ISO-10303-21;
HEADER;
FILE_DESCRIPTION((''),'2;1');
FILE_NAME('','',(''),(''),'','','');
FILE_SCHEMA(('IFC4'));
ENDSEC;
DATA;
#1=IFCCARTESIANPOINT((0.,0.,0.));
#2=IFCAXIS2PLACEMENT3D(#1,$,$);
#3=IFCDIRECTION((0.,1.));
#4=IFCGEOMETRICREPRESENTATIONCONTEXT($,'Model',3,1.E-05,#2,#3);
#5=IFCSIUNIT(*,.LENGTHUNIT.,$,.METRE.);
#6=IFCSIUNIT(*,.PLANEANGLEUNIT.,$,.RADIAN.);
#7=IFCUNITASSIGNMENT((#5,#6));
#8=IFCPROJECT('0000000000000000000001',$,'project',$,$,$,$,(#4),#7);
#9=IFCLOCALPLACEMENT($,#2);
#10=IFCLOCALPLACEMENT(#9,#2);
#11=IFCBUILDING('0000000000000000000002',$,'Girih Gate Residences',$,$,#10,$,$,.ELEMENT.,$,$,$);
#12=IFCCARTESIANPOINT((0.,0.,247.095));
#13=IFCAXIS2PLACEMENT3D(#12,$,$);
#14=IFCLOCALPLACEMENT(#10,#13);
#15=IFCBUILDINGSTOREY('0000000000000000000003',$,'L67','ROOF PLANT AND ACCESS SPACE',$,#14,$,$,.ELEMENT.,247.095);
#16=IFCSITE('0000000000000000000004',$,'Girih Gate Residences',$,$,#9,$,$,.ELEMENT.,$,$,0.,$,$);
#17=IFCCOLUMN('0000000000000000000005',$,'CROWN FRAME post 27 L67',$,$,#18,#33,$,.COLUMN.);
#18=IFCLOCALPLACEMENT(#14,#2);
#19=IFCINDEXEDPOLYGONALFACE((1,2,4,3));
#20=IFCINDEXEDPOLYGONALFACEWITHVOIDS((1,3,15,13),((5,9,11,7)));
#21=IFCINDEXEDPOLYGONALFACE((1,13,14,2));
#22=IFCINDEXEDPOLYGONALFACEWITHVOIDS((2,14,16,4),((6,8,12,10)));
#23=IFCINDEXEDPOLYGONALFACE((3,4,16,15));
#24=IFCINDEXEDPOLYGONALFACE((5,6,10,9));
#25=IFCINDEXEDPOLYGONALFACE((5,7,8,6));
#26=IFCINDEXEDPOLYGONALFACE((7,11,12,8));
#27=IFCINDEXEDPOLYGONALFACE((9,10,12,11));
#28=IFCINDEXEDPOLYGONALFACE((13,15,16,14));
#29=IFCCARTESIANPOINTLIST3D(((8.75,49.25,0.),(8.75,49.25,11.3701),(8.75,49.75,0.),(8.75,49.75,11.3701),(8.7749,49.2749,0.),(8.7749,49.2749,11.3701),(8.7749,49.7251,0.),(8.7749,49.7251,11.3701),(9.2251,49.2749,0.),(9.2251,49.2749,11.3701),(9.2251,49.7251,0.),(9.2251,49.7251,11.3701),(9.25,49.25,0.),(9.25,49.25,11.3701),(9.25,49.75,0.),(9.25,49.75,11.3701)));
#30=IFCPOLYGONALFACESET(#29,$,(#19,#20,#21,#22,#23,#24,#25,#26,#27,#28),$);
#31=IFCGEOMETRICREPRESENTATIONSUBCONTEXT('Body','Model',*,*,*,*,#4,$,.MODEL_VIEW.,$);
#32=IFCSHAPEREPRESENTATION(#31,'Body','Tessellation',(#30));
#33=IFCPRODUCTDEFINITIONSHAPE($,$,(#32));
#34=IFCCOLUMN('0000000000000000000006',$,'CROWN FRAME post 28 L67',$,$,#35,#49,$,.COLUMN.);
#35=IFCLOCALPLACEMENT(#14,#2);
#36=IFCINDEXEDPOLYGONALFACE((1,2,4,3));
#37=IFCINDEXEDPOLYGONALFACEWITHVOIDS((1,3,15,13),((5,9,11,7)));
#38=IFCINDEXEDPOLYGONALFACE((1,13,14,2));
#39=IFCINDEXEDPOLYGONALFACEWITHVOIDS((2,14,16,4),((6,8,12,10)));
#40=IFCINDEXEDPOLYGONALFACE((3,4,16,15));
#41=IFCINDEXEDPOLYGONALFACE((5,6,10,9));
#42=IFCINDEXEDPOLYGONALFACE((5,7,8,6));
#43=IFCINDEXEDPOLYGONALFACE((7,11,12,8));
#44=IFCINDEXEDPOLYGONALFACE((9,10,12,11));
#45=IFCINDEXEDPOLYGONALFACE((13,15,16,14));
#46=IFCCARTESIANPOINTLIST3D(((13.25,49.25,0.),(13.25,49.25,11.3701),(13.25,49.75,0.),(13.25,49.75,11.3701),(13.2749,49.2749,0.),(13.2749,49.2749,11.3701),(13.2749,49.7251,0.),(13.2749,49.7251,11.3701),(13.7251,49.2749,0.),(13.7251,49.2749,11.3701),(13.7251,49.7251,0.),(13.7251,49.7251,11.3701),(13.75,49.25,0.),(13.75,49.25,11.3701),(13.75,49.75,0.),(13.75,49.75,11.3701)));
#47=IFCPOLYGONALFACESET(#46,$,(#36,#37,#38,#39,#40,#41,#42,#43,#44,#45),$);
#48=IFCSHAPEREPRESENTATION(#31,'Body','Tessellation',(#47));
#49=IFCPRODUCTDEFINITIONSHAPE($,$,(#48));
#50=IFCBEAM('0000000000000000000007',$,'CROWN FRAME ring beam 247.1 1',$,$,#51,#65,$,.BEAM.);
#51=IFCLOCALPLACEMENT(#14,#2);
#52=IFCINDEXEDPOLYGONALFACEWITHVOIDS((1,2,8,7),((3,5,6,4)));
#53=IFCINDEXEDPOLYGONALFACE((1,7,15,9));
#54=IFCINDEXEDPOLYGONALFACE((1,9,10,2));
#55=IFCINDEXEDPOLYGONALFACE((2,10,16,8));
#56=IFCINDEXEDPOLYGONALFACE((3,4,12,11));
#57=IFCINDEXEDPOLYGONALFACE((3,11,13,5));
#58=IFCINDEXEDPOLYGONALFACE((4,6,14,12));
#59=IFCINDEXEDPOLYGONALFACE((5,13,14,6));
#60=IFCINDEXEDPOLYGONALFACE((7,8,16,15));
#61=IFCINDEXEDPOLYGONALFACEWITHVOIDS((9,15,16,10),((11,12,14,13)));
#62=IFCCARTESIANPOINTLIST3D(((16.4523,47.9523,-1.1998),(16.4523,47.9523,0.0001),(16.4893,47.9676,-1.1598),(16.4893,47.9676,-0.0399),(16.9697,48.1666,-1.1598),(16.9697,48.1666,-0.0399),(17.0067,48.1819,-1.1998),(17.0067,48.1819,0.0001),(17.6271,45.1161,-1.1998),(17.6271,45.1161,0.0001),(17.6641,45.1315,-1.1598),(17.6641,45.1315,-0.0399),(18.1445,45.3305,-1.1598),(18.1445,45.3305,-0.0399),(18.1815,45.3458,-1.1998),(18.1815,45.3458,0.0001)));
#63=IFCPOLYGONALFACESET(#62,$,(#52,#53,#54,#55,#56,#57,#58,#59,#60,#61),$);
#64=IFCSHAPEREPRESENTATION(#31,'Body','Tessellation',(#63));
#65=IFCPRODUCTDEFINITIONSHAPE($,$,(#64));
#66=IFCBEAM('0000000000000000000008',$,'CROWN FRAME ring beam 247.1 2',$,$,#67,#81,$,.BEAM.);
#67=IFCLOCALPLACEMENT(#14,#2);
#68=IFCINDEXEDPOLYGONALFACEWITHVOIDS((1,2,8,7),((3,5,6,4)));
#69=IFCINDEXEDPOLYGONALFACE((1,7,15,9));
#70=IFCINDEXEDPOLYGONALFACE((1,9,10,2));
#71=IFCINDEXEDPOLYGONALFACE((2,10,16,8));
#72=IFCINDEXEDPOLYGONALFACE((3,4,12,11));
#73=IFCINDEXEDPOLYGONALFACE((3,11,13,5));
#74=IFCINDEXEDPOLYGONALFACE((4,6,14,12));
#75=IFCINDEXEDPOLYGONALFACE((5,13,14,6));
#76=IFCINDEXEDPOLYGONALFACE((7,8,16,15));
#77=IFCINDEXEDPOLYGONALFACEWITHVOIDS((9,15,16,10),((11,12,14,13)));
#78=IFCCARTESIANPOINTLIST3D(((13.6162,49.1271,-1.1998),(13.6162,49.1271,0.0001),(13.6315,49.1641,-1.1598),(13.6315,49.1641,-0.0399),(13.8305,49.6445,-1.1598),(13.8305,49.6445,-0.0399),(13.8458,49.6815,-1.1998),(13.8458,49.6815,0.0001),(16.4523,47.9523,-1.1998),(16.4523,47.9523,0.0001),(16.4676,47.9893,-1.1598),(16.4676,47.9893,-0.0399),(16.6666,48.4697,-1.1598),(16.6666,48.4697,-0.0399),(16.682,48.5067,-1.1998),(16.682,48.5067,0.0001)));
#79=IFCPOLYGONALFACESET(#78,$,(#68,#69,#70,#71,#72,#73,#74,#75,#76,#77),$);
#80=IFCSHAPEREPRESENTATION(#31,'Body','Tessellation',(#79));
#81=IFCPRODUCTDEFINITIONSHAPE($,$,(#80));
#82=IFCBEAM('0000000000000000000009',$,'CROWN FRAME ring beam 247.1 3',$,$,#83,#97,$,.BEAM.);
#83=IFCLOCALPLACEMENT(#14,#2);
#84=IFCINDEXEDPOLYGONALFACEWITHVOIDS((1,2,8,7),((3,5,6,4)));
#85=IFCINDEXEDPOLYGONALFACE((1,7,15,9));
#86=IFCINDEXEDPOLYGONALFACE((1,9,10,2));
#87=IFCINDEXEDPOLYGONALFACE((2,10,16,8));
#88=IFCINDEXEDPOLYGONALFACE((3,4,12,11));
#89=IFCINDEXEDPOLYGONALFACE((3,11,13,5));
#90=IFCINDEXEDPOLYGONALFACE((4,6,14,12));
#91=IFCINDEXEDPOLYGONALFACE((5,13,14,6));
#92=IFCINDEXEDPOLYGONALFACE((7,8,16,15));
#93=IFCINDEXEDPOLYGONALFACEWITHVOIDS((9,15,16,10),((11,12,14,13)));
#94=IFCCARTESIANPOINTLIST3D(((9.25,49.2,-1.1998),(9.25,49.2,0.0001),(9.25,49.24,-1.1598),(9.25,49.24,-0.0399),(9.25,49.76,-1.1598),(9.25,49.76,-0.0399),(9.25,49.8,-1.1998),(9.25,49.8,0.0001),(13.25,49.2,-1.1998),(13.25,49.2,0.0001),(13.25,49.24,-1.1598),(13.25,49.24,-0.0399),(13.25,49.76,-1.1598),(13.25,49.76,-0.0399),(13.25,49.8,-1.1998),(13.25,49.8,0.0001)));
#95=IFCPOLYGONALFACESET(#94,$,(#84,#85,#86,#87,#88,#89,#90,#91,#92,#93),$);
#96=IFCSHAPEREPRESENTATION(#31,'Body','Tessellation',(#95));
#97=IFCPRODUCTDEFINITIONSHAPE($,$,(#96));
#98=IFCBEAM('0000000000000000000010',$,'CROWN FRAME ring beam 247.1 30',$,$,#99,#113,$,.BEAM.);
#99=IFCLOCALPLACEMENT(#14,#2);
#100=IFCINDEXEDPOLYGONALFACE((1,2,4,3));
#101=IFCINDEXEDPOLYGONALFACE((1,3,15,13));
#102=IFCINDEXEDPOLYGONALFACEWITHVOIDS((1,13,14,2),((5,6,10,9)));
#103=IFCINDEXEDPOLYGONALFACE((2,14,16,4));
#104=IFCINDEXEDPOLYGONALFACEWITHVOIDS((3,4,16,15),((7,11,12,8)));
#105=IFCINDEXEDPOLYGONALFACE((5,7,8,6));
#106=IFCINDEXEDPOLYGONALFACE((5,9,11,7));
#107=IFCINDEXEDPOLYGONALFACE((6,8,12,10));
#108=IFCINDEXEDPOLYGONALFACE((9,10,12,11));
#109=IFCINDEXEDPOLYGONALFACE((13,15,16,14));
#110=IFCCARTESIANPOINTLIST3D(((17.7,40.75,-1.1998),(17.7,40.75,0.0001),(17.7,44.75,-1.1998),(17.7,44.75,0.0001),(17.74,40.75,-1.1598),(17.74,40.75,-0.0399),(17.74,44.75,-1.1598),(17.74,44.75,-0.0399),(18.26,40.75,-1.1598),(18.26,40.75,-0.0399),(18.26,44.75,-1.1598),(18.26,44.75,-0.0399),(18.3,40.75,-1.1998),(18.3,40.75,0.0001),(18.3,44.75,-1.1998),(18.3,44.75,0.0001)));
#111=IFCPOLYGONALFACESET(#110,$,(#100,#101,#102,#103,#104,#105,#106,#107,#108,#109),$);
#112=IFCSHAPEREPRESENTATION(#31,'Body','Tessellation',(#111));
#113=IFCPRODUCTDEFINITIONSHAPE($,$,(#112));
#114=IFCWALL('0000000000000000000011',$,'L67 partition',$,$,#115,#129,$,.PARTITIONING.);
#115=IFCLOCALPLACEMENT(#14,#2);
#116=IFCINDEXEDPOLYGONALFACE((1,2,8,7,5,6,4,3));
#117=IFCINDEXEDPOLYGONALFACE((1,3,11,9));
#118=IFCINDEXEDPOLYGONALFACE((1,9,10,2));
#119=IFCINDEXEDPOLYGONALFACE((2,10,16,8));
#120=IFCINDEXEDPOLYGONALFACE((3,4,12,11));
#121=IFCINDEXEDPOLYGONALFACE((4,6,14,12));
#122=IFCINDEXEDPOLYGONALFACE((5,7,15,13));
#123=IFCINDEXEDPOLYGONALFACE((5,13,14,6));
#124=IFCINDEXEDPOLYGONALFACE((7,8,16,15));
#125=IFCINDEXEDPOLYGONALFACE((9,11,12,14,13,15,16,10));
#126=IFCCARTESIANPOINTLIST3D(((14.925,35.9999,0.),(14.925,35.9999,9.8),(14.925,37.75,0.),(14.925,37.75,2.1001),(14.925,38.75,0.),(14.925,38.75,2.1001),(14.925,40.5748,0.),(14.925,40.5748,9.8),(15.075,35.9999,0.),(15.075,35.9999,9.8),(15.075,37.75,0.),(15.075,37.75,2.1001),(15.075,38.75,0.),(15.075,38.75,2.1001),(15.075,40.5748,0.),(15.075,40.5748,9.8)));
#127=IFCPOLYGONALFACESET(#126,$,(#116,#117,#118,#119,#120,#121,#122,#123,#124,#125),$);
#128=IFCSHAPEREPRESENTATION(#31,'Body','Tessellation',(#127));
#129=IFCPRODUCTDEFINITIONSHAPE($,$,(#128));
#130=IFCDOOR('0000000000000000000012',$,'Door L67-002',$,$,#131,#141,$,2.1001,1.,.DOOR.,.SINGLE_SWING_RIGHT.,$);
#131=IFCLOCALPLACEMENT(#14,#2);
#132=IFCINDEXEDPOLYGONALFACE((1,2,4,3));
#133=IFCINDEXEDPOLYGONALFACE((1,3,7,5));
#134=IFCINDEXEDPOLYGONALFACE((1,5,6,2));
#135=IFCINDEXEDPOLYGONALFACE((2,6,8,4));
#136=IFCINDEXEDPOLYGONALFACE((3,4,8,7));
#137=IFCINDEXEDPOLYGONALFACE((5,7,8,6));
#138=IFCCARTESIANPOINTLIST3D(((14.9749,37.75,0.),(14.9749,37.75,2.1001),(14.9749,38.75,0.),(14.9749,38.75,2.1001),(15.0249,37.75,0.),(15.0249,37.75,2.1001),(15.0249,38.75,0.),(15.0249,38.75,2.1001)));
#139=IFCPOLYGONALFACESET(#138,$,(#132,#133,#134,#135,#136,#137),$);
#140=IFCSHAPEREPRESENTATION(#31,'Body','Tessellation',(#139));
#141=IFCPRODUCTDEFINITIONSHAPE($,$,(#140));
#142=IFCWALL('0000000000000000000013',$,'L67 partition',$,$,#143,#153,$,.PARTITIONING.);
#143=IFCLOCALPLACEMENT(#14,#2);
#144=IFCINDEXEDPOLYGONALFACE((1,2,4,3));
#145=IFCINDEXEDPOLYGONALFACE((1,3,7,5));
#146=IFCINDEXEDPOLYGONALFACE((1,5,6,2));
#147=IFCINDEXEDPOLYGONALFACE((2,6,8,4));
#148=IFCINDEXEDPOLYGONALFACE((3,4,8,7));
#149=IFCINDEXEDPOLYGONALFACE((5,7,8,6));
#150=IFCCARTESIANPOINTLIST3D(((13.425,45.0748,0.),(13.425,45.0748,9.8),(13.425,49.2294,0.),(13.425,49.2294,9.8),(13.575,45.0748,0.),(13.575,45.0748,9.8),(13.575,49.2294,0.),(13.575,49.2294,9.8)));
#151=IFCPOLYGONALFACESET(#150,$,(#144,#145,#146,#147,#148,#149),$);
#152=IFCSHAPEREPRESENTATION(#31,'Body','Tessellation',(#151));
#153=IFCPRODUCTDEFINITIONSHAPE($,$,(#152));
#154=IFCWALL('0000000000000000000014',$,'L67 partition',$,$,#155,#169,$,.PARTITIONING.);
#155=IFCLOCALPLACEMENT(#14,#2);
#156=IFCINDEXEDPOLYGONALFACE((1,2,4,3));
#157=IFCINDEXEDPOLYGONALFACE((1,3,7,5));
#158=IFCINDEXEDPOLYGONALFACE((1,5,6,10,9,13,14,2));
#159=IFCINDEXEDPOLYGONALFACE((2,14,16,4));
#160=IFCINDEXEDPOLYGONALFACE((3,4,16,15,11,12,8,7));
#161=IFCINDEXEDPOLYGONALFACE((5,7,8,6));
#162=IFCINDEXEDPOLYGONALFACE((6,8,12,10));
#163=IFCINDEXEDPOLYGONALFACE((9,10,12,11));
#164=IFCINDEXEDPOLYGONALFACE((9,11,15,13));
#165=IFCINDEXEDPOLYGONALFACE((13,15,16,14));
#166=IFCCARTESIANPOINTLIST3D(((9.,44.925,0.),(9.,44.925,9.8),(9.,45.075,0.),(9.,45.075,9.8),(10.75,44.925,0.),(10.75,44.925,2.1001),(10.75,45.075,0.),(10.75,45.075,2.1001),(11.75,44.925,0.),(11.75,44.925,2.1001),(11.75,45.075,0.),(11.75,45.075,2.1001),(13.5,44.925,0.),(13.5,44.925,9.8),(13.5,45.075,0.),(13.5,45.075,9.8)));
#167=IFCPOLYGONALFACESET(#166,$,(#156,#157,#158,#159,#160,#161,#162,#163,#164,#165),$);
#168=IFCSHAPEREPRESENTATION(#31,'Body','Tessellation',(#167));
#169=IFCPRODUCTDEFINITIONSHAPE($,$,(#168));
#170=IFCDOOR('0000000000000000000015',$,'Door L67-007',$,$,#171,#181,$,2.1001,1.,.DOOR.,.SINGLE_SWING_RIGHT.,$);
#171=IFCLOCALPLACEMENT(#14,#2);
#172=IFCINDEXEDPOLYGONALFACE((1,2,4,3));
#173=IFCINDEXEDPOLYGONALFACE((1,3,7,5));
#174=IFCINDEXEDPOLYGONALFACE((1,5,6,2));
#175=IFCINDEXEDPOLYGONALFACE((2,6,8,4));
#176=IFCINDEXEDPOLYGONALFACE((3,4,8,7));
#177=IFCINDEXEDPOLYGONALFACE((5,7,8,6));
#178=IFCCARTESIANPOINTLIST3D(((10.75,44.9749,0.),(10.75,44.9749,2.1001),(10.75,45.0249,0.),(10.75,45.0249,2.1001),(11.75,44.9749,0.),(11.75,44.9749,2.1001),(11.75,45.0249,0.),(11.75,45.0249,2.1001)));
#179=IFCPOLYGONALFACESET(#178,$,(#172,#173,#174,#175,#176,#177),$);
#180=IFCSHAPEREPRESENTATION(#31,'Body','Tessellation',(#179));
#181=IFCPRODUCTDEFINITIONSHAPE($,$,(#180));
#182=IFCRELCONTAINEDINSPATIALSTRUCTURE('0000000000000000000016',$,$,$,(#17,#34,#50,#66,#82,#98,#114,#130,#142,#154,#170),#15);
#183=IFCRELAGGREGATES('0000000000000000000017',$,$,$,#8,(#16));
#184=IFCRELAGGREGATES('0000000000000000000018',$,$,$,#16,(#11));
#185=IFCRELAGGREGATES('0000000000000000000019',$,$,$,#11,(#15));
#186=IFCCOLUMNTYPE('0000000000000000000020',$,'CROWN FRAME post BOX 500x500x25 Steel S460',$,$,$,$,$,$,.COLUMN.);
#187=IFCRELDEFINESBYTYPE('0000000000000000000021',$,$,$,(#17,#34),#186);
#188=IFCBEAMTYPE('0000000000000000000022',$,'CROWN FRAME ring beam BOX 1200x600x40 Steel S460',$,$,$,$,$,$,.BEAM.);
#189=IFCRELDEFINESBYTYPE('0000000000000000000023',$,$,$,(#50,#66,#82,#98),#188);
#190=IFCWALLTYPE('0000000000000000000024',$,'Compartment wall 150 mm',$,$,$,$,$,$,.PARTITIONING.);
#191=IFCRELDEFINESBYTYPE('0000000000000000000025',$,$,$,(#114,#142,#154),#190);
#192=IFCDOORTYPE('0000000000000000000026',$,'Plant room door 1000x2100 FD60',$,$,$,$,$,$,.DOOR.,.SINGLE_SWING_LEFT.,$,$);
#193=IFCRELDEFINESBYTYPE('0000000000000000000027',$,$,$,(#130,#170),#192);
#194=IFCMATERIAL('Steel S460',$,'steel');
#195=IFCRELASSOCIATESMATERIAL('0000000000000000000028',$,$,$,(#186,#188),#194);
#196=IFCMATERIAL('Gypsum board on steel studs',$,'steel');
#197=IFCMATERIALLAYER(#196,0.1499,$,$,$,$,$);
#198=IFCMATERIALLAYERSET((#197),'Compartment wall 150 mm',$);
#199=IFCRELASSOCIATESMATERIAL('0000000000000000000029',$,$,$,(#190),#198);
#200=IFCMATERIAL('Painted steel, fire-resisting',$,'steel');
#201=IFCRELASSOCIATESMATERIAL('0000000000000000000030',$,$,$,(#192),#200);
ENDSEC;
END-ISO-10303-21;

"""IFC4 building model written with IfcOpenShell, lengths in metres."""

from ifc_helpers import new_model, si_unit, direction, frame, frame_2d, origin, origin_2d, place, context, subcontext, project, spatial, rectangle, hollow_rectangle, extrude, material, layer, layer_set, material_profile, profile_set, type_object, element, fill, save


model = new_model("IFC4")

# Units and contexts
model_context = context("Model", 3, precision=1e-05, world=origin(), true_north=direction((0.0, 1.0)))
body_context = subcontext(model_context, "Body", "Model", "MODEL_VIEW")
ifc_project = project(units=[si_unit("LENGTHUNIT", "METRE"), si_unit("PLANEANGLEUNIT", "RADIAN")], contexts=[model_context])

# Site, building, storey
site_placement = place(None, origin())
site = spatial("IfcSite", under=ifc_project, at=site_placement, Name="Girih Gate Residences", CompositionType="ELEMENT", RefElevation=0.0)
building_placement = place(site_placement, origin())
building = spatial("IfcBuilding", under=site, at=building_placement, Name="Girih Gate Residences", CompositionType="ELEMENT")
storey_placement = place(building_placement, frame((0.0, 0.0, 247.095)))
storey = spatial("IfcBuildingStorey", under=building, at=storey_placement, Name="L67", Description="ROOF PLANT AND ACCESS SPACE", CompositionType="ELEMENT", Elevation=247.095)

# Columns
ifc_material_1 = material(Name="Steel S460", Category="steel")
ifc_material_profile_1 = material_profile(ifc_material_1, hollow_rectangle(XDim=0.5, YDim=0.5, WallThickness=0.0249, at=origin_2d()))
ifc_profile_set_1 = profile_set([ifc_material_profile_1], Name="Steel S460")
column_type = type_object("IfcColumnType", Name="CROWN FRAME post BOX 500x500x25 Steel S460", PredefinedType="COLUMN", material=ifc_profile_set_1)
for number, where, z_axis, x_axis, name in (
    (1, (9.0, 49.5, 0.0), (0.0, 0.0, 1.0), (1.0, 0.0, 0.0), "CROWN FRAME post 27 L67"),
    (2, (13.5, 49.5, 0.0), (0.0, 0.0, 1.0), (1.0, 0.0, 0.0), "CROWN FRAME post 28 L67"),
):
    element("IfcColumn", number, at=place(storey_placement, frame(where, z_axis=z_axis, x_axis=x_axis)), inside=storey, type_object=column_type, Name=name, PredefinedType="COLUMN", context=body_context, shape_type="SweptSolid", body=[
        extrude(hollow_rectangle(XDim=0.5, YDim=0.5, WallThickness=0.0249, at=origin_2d()), origin(), (0.0, 0.0, 1.0), 11.3701),
    ])

# Beams
ifc_material_profile_2 = material_profile(ifc_material_1, hollow_rectangle(XDim=0.6001, YDim=1.2, WallThickness=0.04, at=origin_2d()))
ifc_profile_set_2 = profile_set([ifc_material_profile_2], Name="Steel S460")
beam_type = type_object("IfcBeamType", Name="CROWN FRAME ring beam BOX 1200x600x40 Steel S460", PredefinedType="BEAM", material=ifc_profile_set_2)
for number, where, z_axis, x_axis, name in (
    (3, (17.9043, 45.231, -0.5999), (-0.382689, 0.923877, 0.0), (-0.923877, -0.382689, 0.0), "CROWN FRAME ring beam 247.1 1"),
    (4, (16.5671, 48.2295, -0.5999), (-0.923877, 0.382689, 0.0), (-0.382689, -0.923877, 0.0), "CROWN FRAME ring beam 247.1 2"),
):
    element("IfcBeam", number, at=place(storey_placement, frame(where, z_axis=z_axis, x_axis=x_axis)), inside=storey, type_object=beam_type, Name=name, PredefinedType="BEAM", context=body_context, shape_type="SweptSolid", body=[
        extrude(hollow_rectangle(XDim=0.6001, YDim=1.2, WallThickness=0.04, at=origin_2d()), origin(), (0.0, 0.0, 1.0), 3.0698),
    ])
for number, where, z_axis, x_axis, name in (
    (5, (13.25, 49.5, -0.5999), (-1.0, 0.0, 0.0), (0.0, -1.0, 0.0), "CROWN FRAME ring beam 247.1 3"),
    (6, (18.0, 40.75, -0.5999), (0.0, 1.0, 0.0), (-1.0, 0.0, 0.0), "CROWN FRAME ring beam 247.1 30"),
):
    element("IfcBeam", number, at=place(storey_placement, frame(where, z_axis=z_axis, x_axis=x_axis)), inside=storey, type_object=beam_type, Name=name, PredefinedType="BEAM", context=body_context, shape_type="SweptSolid", body=[
        extrude(hollow_rectangle(XDim=0.6001, YDim=1.2, WallThickness=0.04, at=origin_2d()), origin(), (0.0, 0.0, 1.0), 4.0),
    ])

# Wall, opening, door
ifc_material_2 = material(Name="Gypsum board on steel studs", Category="steel")
ifc_layer_1 = layer(ifc_material_2, 0.1499)
ifc_layer_set_1 = layer_set([ifc_layer_1], Name="Compartment wall 150 mm")
wall_type_1 = type_object("IfcWallType", Name="Compartment wall 150 mm", PredefinedType="PARTITIONING", material=ifc_layer_set_1)
wall_1_placement = place(storey_placement, frame((15.0, 40.575, 0.0), z_axis=(0.0, 0.0, 1.0), x_axis=(0.0, -1.0, 0.0)))
wall_1 = element("IfcWall", 7, at=wall_1_placement, inside=storey, type_object=wall_type_1, Name="L67 partition", PredefinedType="PARTITIONING", context=body_context, shape_type="SweptSolid", body=[
    extrude(rectangle(XDim=4.575, YDim=0.1499, at=frame_2d((2.2876, 0.0))), origin(), (0.0, 0.0, 1.0), 9.8),
])
opening_1_placement = place(wall_1_placement, frame((1.825, 0.0, 0.0)))
opening_1 = element("IfcOpeningElement", 8, at=opening_1_placement, cuts=wall_1, PredefinedType="OPENING", context=body_context, shape_type="SweptSolid", body=[
    extrude(rectangle(XDim=1.0, YDim=2.1001, at=frame_2d((0.5, 1.05))), frame((0.0, 0.085, 0.0), z_axis=(0.0, -1.0, 0.0), x_axis=(1.0, 0.0, 0.0)), (0.0, 0.0, 1.0), 0.1699),
])
ifc_material_3 = material(Name="Painted steel, fire-resisting", Category="steel")
door_type = type_object("IfcDoorType", Name="Plant room door 1000x2100 FD60", OperationType="SINGLE_SWING_LEFT", PredefinedType="DOOR", material=ifc_material_3)
door_1_placement = place(opening_1_placement, origin())
door_1 = element("IfcDoor", 9, at=door_1_placement, inside=storey, type_object=door_type, Name="Door L67-002", OperationType="SINGLE_SWING_RIGHT", OverallHeight=2.1001, OverallWidth=1.0, PredefinedType="DOOR", context=body_context, shape_type="SweptSolid", body=[
    extrude(rectangle(XDim=1.0, YDim=2.1001, at=frame_2d((0.5, 1.05))), frame((0.0, 0.0249, 0.0), z_axis=(0.0, -1.0, 0.0), x_axis=(1.0, 0.0, 0.0)), (0.0, 0.0, 1.0), 0.05),
])
fill(opening_1, door_1)

# Wall
wall_2_placement = place(storey_placement, frame((13.5, 45.075, 0.0), z_axis=(0.0, 0.0, 1.0), x_axis=(0.0, 1.0, 0.0)))
element("IfcWall", 10, at=wall_2_placement, inside=storey, type_object=wall_type_1, Name="L67 partition", PredefinedType="PARTITIONING", context=body_context, shape_type="SweptSolid", body=[
    extrude(rectangle(XDim=4.1545, YDim=0.1499, at=frame_2d((2.0771, 0.0))), origin(), (0.0, 0.0, 1.0), 9.8),
])

# Wall, opening, door
wall_3_placement = place(storey_placement, frame((9.0, 45.0, 0.0), z_axis=(0.0, 0.0, 1.0), x_axis=(1.0, 0.0, 0.0)))
wall_3 = element("IfcWall", 11, at=wall_3_placement, inside=storey, type_object=wall_type_1, Name="L67 partition", PredefinedType="PARTITIONING", context=body_context, shape_type="SweptSolid", body=[
    extrude(rectangle(XDim=4.5, YDim=0.1499, at=frame_2d((2.25, 0.0))), origin(), (0.0, 0.0, 1.0), 9.8),
])
opening_2_placement = place(wall_3_placement, frame((1.75, 0.0, 0.0)))
opening_2 = element("IfcOpeningElement", 12, at=opening_2_placement, cuts=wall_3, PredefinedType="OPENING", context=body_context, shape_type="SweptSolid", body=[
    extrude(rectangle(XDim=1.0, YDim=2.1001, at=frame_2d((0.5, 1.05))), frame((0.0, 0.085, 0.0), z_axis=(0.0, -1.0, 0.0), x_axis=(1.0, 0.0, 0.0)), (0.0, 0.0, 1.0), 0.1699),
])
door_2_placement = place(opening_2_placement, origin())
door_2 = element("IfcDoor", 13, at=door_2_placement, inside=storey, type_object=door_type, Name="Door L67-007", OperationType="SINGLE_SWING_RIGHT", OverallHeight=2.1001, OverallWidth=1.0, PredefinedType="DOOR", context=body_context, shape_type="SweptSolid", body=[
    extrude(rectangle(XDim=1.0, YDim=2.1001, at=frame_2d((0.5, 1.05))), frame((0.0, 0.0249, 0.0), z_axis=(0.0, -1.0, 0.0), x_axis=(1.0, 0.0, 0.0)), (0.0, 0.0, 1.0), 0.05),
])
fill(opening_2, door_2)

save(model, "model.ifc")
